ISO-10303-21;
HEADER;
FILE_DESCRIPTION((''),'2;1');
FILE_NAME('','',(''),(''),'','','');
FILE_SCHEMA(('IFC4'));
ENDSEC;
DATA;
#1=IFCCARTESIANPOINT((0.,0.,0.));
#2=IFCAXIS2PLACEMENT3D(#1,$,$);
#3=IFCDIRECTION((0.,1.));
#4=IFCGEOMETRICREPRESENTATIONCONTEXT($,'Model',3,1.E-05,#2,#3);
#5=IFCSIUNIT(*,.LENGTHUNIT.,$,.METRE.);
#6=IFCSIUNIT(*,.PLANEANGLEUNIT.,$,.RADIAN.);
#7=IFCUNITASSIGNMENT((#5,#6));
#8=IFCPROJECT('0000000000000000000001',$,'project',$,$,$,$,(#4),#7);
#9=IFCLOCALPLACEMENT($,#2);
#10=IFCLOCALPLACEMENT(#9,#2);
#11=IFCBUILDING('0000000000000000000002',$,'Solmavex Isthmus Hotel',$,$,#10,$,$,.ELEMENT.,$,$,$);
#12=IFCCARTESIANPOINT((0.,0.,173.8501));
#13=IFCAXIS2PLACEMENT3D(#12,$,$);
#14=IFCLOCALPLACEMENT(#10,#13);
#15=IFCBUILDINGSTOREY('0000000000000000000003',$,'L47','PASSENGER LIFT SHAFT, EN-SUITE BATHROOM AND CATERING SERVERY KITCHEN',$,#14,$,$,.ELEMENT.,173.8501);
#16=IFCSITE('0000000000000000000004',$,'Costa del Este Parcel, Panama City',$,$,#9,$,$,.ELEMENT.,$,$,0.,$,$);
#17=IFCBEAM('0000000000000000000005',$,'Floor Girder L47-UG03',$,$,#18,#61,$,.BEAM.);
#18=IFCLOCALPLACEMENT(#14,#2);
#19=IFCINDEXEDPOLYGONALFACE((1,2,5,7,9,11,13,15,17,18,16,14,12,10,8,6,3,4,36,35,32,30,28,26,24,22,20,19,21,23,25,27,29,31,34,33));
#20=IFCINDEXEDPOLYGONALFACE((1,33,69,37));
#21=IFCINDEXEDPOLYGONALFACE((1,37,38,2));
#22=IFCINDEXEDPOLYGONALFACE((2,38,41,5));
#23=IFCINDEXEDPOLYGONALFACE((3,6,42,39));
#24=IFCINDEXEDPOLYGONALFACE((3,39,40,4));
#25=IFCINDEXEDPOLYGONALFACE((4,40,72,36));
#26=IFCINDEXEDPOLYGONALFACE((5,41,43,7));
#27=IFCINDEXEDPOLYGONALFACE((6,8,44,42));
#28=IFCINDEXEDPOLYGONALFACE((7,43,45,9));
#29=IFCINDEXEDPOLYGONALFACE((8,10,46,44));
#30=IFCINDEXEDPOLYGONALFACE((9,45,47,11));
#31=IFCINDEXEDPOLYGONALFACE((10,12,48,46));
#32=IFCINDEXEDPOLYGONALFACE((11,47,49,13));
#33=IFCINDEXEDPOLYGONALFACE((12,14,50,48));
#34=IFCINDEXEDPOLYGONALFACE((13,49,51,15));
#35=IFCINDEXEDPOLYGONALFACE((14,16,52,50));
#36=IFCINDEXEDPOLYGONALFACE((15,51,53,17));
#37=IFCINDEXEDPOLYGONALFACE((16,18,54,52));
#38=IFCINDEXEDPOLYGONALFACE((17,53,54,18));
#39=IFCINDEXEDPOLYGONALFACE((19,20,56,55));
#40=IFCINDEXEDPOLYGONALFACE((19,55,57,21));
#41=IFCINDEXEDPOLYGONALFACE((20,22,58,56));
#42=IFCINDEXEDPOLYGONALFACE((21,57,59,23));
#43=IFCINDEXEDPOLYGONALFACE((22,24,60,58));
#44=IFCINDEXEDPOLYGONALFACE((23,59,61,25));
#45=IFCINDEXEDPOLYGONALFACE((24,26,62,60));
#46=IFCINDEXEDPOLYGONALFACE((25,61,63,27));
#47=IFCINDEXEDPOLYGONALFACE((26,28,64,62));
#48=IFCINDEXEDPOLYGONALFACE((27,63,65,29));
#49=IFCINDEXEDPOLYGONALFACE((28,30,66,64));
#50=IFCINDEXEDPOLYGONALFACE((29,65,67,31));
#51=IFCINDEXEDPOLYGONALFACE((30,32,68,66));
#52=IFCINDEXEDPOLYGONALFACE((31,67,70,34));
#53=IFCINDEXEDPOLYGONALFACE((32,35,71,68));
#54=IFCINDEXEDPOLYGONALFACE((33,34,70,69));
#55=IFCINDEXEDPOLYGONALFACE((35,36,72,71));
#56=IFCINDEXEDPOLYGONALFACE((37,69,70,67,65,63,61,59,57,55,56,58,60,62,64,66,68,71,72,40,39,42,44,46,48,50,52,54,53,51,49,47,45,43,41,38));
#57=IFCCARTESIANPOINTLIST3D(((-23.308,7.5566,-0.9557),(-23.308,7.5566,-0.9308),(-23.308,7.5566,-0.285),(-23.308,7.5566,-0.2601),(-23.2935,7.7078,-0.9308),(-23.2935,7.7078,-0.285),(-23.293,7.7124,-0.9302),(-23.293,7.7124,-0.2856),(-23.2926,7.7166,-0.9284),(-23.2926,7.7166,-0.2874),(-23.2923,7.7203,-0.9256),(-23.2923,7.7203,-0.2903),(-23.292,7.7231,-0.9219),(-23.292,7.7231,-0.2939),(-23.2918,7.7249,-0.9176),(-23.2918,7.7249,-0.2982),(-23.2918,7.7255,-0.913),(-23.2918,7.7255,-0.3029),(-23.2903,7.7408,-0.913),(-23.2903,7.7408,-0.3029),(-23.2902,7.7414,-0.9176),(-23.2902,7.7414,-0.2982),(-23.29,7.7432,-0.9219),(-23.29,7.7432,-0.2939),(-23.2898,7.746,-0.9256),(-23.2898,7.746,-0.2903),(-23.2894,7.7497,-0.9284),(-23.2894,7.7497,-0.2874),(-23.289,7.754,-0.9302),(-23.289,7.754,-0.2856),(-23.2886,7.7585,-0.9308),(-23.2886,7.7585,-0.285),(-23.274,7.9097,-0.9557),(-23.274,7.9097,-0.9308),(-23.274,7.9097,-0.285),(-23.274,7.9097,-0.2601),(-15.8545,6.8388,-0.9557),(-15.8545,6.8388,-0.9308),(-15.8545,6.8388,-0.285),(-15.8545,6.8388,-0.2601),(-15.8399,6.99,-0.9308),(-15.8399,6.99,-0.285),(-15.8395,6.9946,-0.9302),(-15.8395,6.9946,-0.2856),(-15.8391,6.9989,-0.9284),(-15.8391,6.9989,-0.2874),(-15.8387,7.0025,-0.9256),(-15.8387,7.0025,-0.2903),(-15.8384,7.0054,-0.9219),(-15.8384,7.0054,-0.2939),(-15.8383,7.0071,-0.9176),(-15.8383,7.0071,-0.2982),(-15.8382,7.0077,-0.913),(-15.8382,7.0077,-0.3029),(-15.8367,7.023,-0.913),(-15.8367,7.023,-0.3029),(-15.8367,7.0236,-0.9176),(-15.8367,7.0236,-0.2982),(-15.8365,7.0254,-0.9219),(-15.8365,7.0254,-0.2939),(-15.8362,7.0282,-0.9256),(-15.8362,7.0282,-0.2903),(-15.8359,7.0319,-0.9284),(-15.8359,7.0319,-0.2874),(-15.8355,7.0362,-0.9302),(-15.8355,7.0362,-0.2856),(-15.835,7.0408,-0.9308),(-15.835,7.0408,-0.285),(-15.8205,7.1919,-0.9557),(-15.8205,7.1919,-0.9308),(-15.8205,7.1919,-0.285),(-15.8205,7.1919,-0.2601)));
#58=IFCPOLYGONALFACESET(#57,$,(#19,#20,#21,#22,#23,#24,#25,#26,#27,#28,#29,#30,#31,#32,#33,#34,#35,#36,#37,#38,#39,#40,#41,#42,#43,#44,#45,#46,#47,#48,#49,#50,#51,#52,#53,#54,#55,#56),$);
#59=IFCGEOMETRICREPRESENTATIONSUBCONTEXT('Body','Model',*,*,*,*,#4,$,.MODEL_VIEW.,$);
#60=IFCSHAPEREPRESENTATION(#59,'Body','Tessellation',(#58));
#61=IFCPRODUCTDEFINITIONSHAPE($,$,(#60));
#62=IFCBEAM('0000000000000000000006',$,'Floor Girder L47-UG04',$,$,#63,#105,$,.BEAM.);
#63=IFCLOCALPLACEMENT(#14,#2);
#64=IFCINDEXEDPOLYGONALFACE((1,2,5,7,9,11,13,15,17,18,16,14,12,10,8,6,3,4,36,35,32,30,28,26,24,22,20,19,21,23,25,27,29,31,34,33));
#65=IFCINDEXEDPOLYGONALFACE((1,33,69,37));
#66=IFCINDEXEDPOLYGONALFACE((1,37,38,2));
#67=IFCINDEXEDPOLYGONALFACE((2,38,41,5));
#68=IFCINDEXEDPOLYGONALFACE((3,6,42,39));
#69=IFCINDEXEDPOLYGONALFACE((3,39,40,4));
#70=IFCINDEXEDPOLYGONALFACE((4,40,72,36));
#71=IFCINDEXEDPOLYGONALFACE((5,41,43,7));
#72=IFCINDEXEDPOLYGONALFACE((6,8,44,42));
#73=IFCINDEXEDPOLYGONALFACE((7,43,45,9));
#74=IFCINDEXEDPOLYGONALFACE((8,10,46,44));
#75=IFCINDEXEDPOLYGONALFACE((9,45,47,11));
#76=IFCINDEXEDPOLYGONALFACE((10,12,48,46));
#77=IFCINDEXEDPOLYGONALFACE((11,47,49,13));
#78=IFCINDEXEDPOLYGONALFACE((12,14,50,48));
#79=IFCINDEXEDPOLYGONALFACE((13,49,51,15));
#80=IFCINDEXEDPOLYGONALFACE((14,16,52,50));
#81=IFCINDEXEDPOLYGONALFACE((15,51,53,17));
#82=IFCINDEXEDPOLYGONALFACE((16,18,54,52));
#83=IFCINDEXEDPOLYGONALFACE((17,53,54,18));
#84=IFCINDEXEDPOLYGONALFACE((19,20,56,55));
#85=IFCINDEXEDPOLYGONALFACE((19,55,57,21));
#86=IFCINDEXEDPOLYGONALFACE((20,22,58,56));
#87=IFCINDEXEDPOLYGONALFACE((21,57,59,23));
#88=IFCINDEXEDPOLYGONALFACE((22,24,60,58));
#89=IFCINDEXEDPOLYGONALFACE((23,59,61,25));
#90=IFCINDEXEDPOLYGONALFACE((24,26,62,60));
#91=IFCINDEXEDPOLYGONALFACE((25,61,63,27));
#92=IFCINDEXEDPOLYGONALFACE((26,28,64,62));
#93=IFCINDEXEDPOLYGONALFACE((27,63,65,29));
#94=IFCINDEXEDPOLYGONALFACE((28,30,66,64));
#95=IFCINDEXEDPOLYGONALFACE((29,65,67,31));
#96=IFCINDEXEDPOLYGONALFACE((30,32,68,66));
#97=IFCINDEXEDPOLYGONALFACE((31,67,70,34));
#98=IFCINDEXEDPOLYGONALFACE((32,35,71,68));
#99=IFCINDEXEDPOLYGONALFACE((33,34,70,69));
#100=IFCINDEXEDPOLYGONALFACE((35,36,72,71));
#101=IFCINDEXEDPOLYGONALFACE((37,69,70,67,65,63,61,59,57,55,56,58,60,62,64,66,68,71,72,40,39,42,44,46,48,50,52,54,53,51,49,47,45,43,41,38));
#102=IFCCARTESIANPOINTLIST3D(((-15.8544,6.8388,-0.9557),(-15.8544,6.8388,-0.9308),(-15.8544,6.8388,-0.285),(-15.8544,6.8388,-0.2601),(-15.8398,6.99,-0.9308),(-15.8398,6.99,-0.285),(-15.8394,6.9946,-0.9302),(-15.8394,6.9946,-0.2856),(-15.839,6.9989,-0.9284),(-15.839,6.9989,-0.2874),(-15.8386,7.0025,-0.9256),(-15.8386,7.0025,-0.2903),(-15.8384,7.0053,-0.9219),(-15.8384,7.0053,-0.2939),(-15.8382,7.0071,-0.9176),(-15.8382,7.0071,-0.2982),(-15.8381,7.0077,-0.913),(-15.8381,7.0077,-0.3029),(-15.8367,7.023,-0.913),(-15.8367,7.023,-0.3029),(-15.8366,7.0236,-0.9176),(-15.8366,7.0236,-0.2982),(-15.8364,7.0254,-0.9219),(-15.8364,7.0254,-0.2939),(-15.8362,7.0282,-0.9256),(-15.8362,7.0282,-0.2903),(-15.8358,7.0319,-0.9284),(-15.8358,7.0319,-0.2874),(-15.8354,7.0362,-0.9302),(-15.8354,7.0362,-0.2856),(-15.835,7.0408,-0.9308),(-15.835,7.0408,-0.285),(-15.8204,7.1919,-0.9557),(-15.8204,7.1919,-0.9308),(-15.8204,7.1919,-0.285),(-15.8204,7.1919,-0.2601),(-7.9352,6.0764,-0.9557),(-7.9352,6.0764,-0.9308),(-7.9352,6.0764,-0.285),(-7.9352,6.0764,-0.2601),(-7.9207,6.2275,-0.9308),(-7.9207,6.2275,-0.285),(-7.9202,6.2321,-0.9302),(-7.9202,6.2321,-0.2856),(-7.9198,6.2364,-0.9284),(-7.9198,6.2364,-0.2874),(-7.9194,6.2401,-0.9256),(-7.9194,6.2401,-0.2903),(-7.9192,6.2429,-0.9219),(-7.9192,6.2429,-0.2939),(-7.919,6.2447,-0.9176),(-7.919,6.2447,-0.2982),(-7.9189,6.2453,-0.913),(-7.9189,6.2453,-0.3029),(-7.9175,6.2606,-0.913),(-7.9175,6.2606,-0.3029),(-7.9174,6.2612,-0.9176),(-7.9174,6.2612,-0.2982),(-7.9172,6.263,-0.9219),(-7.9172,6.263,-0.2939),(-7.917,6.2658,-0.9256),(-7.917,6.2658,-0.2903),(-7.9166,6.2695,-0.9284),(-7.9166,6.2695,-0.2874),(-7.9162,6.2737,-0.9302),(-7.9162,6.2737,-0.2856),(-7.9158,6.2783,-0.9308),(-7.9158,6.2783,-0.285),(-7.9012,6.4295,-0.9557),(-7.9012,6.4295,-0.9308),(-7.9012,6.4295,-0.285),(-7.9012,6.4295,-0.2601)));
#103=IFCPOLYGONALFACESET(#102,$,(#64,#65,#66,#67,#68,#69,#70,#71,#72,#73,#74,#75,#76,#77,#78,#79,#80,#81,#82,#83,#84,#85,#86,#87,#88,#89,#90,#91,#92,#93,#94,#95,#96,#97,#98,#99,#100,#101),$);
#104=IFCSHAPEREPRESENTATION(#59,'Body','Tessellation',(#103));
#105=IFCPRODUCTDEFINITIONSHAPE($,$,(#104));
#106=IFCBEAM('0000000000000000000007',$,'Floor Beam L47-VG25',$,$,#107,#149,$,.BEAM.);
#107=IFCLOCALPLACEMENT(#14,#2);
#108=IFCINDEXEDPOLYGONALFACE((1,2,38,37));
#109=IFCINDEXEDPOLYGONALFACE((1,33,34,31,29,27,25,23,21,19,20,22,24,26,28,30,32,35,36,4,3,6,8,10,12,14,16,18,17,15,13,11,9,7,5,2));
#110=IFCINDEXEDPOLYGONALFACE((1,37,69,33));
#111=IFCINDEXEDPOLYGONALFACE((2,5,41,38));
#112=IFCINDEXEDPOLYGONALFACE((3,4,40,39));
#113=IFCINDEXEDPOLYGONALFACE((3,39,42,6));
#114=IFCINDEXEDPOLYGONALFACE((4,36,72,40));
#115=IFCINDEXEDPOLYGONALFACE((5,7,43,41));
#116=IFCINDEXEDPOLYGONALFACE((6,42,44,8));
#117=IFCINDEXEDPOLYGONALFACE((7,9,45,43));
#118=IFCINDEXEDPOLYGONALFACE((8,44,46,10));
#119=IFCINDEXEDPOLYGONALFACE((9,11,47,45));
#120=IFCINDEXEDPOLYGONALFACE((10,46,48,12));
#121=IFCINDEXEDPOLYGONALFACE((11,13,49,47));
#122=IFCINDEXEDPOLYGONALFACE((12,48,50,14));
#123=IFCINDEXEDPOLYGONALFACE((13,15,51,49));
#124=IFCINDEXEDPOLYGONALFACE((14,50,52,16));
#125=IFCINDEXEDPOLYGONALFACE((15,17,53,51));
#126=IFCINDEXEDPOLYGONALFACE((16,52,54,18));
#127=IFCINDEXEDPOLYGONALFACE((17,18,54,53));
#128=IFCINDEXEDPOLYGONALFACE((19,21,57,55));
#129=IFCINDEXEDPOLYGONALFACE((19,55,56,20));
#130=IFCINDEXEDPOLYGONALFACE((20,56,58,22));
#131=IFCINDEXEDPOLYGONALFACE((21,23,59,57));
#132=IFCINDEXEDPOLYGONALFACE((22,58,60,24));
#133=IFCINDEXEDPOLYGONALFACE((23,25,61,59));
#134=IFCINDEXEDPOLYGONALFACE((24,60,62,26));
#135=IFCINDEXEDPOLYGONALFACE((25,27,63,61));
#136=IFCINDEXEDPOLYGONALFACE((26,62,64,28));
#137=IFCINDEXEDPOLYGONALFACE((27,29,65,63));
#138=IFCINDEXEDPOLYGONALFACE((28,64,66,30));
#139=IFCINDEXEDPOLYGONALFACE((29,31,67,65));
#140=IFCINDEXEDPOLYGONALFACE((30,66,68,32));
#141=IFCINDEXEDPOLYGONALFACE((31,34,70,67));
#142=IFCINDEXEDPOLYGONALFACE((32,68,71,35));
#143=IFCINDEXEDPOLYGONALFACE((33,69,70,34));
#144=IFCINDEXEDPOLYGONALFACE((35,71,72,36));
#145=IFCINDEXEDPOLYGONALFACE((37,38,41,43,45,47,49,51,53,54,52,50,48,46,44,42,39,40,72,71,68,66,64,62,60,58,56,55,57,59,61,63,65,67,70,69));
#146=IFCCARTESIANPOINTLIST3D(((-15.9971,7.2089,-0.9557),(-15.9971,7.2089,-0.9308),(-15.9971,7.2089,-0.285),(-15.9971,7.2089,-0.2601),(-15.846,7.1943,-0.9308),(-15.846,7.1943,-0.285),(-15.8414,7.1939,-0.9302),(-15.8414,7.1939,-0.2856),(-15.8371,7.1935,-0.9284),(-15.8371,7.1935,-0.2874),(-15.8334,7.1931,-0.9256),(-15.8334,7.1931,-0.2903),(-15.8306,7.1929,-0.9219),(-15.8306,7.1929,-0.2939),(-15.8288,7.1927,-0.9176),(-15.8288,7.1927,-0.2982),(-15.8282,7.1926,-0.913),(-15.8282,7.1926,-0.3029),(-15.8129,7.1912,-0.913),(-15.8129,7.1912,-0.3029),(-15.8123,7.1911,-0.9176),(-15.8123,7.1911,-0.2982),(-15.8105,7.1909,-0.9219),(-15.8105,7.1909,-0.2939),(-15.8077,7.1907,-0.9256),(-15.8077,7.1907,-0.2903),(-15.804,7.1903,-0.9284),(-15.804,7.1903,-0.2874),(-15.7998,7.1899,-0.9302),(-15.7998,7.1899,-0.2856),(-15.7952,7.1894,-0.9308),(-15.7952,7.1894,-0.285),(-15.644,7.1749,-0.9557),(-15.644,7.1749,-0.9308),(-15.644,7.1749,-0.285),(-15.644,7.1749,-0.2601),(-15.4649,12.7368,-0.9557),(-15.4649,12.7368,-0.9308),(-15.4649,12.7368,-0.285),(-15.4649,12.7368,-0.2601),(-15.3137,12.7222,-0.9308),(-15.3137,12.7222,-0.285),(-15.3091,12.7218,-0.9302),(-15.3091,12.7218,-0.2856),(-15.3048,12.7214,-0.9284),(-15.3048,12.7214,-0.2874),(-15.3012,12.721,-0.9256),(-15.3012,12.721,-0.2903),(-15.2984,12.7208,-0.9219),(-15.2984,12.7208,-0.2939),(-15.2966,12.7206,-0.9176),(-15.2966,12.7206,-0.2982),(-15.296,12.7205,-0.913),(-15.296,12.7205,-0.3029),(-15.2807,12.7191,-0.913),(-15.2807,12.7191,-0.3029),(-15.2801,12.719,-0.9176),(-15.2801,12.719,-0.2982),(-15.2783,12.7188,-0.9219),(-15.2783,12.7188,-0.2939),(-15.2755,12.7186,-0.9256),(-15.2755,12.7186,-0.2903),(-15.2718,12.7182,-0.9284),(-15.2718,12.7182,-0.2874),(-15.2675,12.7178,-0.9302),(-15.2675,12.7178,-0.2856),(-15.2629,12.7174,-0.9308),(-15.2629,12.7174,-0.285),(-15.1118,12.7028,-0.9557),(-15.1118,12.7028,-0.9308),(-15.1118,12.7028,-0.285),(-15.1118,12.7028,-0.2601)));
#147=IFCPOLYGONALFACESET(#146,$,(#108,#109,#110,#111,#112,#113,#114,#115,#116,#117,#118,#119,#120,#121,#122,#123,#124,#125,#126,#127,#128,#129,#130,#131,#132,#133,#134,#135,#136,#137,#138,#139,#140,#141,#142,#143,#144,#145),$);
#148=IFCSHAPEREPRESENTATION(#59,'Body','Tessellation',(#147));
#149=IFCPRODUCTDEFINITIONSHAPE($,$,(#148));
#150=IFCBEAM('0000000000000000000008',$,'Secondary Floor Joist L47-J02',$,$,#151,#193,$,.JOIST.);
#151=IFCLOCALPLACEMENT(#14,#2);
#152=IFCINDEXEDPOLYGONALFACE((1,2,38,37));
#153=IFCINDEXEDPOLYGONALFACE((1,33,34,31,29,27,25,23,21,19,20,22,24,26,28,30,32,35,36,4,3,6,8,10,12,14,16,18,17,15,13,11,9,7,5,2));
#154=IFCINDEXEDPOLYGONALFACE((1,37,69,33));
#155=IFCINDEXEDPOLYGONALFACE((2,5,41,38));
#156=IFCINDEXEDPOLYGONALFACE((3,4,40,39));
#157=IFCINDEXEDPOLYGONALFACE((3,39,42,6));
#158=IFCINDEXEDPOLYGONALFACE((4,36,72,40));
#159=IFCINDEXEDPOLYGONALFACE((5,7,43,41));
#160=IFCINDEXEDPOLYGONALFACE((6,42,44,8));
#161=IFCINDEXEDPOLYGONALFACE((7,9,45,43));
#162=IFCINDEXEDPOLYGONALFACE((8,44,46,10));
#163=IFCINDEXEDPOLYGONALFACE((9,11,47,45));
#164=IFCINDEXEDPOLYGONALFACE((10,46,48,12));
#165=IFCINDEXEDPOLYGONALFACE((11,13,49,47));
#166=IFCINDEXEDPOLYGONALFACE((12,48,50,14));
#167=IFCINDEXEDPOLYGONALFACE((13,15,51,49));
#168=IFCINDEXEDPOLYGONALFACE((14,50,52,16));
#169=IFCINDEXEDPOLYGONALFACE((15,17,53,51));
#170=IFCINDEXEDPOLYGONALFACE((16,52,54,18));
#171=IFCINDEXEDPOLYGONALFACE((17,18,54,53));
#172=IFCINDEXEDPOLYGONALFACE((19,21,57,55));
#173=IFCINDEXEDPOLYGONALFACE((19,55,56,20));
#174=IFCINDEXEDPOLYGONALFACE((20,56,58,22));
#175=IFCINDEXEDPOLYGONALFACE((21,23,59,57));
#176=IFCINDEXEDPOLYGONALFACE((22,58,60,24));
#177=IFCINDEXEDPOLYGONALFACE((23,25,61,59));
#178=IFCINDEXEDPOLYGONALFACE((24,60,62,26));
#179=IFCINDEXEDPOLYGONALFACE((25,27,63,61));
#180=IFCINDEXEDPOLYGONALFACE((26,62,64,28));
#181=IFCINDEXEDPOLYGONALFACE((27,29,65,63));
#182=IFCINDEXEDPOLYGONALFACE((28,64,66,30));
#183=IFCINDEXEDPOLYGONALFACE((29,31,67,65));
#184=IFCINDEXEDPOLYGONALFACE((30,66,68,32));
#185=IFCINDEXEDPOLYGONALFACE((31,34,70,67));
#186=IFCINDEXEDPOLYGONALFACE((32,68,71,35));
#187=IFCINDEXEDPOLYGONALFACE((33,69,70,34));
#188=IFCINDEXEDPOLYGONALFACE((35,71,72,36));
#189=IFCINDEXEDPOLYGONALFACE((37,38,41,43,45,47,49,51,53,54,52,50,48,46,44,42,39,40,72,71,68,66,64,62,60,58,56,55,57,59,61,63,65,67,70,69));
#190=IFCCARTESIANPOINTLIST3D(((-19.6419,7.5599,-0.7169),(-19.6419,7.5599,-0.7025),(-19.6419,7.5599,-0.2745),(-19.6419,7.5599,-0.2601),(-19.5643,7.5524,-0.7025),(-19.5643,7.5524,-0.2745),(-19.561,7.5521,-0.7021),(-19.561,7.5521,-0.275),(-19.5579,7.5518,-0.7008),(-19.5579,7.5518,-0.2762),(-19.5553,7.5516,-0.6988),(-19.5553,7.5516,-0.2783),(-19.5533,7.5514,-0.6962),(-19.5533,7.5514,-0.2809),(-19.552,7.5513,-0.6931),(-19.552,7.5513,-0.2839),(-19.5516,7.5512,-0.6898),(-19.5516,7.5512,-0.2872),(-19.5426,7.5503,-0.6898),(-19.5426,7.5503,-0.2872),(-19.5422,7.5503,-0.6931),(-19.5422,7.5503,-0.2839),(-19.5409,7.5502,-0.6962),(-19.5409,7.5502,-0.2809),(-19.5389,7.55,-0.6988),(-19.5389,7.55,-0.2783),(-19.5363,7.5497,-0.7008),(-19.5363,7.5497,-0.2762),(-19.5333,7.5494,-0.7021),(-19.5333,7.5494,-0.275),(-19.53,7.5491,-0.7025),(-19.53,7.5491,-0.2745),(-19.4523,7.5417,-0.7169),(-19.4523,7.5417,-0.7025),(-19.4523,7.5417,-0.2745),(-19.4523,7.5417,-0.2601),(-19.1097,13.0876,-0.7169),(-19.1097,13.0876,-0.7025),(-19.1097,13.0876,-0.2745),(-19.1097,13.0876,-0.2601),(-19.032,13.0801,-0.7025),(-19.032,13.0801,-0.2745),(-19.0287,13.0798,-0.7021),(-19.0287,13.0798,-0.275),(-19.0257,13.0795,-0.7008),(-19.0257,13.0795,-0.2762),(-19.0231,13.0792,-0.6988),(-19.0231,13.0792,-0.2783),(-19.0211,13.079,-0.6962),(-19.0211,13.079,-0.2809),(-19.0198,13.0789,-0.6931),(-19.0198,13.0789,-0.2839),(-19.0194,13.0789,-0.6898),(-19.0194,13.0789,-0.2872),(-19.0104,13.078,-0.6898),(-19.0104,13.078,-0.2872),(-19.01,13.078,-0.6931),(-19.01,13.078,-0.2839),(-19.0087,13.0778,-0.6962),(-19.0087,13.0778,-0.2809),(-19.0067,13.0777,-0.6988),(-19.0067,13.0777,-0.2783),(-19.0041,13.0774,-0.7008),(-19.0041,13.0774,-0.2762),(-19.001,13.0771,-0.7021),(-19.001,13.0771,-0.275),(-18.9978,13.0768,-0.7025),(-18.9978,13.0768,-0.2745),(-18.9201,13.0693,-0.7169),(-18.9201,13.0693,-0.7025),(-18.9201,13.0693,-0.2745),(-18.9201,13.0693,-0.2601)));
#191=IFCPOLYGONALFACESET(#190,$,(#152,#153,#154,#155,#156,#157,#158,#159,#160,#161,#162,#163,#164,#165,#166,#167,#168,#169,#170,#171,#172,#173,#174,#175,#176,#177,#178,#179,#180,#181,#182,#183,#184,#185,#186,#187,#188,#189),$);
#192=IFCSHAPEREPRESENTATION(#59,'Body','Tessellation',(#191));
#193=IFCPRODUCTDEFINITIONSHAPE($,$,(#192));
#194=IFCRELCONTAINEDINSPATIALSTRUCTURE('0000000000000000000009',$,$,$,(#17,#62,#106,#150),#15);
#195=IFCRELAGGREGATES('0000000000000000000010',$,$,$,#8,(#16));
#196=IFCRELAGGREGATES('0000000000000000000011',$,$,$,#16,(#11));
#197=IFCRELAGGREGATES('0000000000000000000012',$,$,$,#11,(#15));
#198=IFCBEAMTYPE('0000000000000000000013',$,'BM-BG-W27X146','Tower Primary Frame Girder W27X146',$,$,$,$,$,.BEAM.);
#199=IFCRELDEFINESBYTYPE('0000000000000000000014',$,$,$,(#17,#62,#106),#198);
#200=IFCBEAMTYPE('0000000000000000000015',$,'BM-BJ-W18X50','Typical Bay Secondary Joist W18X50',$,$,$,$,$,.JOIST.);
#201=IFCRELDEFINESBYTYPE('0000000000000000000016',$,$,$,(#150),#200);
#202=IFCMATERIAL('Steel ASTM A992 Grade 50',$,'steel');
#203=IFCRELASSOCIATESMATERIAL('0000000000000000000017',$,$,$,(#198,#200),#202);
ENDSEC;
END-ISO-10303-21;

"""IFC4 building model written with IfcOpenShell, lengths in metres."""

from ifc_helpers import new_model, si_unit, direction, frame, origin, origin_2d, place, context, subcontext, project, spatial, i_section, extrude, material, material_profile, profile_set, type_object, element, save


model = new_model("IFC4")

# Units and contexts
model_context = context("Model", 3, precision=1e-05, world=origin(), true_north=direction((0.0, 1.0)))
body_context = subcontext(model_context, "Body", "Model", "MODEL_VIEW")
ifc_project = project(units=[si_unit("LENGTHUNIT", "METRE"), si_unit("PLANEANGLEUNIT", "RADIAN")], contexts=[model_context])

# Site, building, storey
site_placement = place(None, origin())
site = spatial("IfcSite", under=ifc_project, at=site_placement, Name="Costa del Este Parcel, Panama City", CompositionType="ELEMENT", RefElevation=0.0)
building_placement = place(site_placement, origin())
building = spatial("IfcBuilding", under=site, at=building_placement, Name="Solmavex Isthmus Hotel", CompositionType="ELEMENT")
storey_placement = place(building_placement, frame((0.0, 0.0, 173.8501)))
storey = spatial("IfcBuildingStorey", under=building, at=storey_placement, Name="L47", Description="PASSENGER LIFT SHAFT, EN-SUITE BATHROOM AND CATERING SERVERY KITCHEN", CompositionType="ELEMENT", Elevation=173.8501)

# Beams
ifc_material_1 = material(Name="Steel ASTM A992 Grade 50", Category="steel")
ifc_material_profile_1 = material_profile(ifc_material_1, i_section(OverallWidth=0.3547, OverallDepth=0.6956, WebThickness=0.0154, FlangeThickness=0.0249, FilletRadius=0.0178, at=origin_2d()), Name="W27X146")
ifc_profile_set_1 = profile_set([ifc_material_profile_1], Name="Steel ASTM A992 Grade 50")
beam_type_1 = type_object("IfcBeamType", Name="BM-BG-W27X146", Description="Tower Primary Frame Girder W27X146", PredefinedType="BEAM", material=ifc_profile_set_1)
beam_1_placement = place(storey_placement, frame((-23.291, 7.7332, -0.6079), z_axis=(0.995395, -0.095855, 0.0), x_axis=(0.095855, 0.995395, 0.0)))
element("IfcBeam", 1, at=beam_1_placement, inside=storey, type_object=beam_type_1, Name="Floor Girder L47-UG03", PredefinedType="BEAM", context=body_context, shape_type="SweptSolid", body=[
    extrude(i_section(OverallWidth=0.3547, OverallDepth=0.6956, WebThickness=0.0154, FlangeThickness=0.0249, FilletRadius=0.0178, at=origin_2d()), origin(), (0.0, 0.0, 1.0), 7.488),
])
beam_2_placement = place(storey_placement, frame((-15.8374, 7.0154, -0.6079), z_axis=(0.995397, -0.095836, 0.0), x_axis=(0.095836, 0.995397, 0.0)))
element("IfcBeam", 2, at=beam_2_placement, inside=storey, type_object=beam_type_1, Name="Floor Girder L47-UG04", PredefinedType="BEAM", context=body_context, shape_type="SweptSolid", body=[
    extrude(i_section(OverallWidth=0.3547, OverallDepth=0.6956, WebThickness=0.0154, FlangeThickness=0.0249, FilletRadius=0.0178, at=origin_2d()), origin(), (0.0, 0.0, 1.0), 7.9558),
])
beam_3_placement = place(storey_placement, frame((-15.8206, 7.1919, -0.6079), z_axis=(0.095838, 0.995397, 0.0), x_axis=(-0.995397, 0.095838, 0.0)))
element("IfcBeam", 3, at=beam_3_placement, inside=storey, type_object=beam_type_1, Name="Floor Beam L47-VG25", PredefinedType="BEAM", context=body_context, shape_type="SweptSolid", body=[
    extrude(i_section(OverallWidth=0.3547, OverallDepth=0.6956, WebThickness=0.0154, FlangeThickness=0.0249, FilletRadius=0.0178, at=origin_2d()), origin(), (0.0, 0.0, 1.0), 5.5535),
])
ifc_material_profile_2 = material_profile(ifc_material_1, i_section(OverallWidth=0.1904, OverallDepth=0.4568, WebThickness=0.009, FlangeThickness=0.0144, FilletRadius=0.0127, at=origin_2d()), Name="W18X50")
ifc_profile_set_2 = profile_set([ifc_material_profile_2], Name="Steel ASTM A992 Grade 50")
beam_type_2 = type_object("IfcBeamType", Name="BM-BJ-W18X50", Description="Typical Bay Secondary Joist W18X50", PredefinedType="JOIST", material=ifc_profile_set_2)
beam_4_placement = place(storey_placement, frame((-19.5471, 7.5508, -0.4885), z_axis=(0.095842, 0.995397, 0.0), x_axis=(-0.995397, 0.095842, 0.0)))
element("IfcBeam", 4, at=beam_4_placement, inside=storey, type_object=beam_type_2, Name="Secondary Floor Joist L47-J02", PredefinedType="JOIST", context=body_context, shape_type="SweptSolid", body=[
    extrude(i_section(OverallWidth=0.1904, OverallDepth=0.4568, WebThickness=0.009, FlangeThickness=0.0144, FilletRadius=0.0127, at=origin_2d()), origin(), (0.0, 0.0, 1.0), 5.5532),
])

save(model, "model.ifc")
